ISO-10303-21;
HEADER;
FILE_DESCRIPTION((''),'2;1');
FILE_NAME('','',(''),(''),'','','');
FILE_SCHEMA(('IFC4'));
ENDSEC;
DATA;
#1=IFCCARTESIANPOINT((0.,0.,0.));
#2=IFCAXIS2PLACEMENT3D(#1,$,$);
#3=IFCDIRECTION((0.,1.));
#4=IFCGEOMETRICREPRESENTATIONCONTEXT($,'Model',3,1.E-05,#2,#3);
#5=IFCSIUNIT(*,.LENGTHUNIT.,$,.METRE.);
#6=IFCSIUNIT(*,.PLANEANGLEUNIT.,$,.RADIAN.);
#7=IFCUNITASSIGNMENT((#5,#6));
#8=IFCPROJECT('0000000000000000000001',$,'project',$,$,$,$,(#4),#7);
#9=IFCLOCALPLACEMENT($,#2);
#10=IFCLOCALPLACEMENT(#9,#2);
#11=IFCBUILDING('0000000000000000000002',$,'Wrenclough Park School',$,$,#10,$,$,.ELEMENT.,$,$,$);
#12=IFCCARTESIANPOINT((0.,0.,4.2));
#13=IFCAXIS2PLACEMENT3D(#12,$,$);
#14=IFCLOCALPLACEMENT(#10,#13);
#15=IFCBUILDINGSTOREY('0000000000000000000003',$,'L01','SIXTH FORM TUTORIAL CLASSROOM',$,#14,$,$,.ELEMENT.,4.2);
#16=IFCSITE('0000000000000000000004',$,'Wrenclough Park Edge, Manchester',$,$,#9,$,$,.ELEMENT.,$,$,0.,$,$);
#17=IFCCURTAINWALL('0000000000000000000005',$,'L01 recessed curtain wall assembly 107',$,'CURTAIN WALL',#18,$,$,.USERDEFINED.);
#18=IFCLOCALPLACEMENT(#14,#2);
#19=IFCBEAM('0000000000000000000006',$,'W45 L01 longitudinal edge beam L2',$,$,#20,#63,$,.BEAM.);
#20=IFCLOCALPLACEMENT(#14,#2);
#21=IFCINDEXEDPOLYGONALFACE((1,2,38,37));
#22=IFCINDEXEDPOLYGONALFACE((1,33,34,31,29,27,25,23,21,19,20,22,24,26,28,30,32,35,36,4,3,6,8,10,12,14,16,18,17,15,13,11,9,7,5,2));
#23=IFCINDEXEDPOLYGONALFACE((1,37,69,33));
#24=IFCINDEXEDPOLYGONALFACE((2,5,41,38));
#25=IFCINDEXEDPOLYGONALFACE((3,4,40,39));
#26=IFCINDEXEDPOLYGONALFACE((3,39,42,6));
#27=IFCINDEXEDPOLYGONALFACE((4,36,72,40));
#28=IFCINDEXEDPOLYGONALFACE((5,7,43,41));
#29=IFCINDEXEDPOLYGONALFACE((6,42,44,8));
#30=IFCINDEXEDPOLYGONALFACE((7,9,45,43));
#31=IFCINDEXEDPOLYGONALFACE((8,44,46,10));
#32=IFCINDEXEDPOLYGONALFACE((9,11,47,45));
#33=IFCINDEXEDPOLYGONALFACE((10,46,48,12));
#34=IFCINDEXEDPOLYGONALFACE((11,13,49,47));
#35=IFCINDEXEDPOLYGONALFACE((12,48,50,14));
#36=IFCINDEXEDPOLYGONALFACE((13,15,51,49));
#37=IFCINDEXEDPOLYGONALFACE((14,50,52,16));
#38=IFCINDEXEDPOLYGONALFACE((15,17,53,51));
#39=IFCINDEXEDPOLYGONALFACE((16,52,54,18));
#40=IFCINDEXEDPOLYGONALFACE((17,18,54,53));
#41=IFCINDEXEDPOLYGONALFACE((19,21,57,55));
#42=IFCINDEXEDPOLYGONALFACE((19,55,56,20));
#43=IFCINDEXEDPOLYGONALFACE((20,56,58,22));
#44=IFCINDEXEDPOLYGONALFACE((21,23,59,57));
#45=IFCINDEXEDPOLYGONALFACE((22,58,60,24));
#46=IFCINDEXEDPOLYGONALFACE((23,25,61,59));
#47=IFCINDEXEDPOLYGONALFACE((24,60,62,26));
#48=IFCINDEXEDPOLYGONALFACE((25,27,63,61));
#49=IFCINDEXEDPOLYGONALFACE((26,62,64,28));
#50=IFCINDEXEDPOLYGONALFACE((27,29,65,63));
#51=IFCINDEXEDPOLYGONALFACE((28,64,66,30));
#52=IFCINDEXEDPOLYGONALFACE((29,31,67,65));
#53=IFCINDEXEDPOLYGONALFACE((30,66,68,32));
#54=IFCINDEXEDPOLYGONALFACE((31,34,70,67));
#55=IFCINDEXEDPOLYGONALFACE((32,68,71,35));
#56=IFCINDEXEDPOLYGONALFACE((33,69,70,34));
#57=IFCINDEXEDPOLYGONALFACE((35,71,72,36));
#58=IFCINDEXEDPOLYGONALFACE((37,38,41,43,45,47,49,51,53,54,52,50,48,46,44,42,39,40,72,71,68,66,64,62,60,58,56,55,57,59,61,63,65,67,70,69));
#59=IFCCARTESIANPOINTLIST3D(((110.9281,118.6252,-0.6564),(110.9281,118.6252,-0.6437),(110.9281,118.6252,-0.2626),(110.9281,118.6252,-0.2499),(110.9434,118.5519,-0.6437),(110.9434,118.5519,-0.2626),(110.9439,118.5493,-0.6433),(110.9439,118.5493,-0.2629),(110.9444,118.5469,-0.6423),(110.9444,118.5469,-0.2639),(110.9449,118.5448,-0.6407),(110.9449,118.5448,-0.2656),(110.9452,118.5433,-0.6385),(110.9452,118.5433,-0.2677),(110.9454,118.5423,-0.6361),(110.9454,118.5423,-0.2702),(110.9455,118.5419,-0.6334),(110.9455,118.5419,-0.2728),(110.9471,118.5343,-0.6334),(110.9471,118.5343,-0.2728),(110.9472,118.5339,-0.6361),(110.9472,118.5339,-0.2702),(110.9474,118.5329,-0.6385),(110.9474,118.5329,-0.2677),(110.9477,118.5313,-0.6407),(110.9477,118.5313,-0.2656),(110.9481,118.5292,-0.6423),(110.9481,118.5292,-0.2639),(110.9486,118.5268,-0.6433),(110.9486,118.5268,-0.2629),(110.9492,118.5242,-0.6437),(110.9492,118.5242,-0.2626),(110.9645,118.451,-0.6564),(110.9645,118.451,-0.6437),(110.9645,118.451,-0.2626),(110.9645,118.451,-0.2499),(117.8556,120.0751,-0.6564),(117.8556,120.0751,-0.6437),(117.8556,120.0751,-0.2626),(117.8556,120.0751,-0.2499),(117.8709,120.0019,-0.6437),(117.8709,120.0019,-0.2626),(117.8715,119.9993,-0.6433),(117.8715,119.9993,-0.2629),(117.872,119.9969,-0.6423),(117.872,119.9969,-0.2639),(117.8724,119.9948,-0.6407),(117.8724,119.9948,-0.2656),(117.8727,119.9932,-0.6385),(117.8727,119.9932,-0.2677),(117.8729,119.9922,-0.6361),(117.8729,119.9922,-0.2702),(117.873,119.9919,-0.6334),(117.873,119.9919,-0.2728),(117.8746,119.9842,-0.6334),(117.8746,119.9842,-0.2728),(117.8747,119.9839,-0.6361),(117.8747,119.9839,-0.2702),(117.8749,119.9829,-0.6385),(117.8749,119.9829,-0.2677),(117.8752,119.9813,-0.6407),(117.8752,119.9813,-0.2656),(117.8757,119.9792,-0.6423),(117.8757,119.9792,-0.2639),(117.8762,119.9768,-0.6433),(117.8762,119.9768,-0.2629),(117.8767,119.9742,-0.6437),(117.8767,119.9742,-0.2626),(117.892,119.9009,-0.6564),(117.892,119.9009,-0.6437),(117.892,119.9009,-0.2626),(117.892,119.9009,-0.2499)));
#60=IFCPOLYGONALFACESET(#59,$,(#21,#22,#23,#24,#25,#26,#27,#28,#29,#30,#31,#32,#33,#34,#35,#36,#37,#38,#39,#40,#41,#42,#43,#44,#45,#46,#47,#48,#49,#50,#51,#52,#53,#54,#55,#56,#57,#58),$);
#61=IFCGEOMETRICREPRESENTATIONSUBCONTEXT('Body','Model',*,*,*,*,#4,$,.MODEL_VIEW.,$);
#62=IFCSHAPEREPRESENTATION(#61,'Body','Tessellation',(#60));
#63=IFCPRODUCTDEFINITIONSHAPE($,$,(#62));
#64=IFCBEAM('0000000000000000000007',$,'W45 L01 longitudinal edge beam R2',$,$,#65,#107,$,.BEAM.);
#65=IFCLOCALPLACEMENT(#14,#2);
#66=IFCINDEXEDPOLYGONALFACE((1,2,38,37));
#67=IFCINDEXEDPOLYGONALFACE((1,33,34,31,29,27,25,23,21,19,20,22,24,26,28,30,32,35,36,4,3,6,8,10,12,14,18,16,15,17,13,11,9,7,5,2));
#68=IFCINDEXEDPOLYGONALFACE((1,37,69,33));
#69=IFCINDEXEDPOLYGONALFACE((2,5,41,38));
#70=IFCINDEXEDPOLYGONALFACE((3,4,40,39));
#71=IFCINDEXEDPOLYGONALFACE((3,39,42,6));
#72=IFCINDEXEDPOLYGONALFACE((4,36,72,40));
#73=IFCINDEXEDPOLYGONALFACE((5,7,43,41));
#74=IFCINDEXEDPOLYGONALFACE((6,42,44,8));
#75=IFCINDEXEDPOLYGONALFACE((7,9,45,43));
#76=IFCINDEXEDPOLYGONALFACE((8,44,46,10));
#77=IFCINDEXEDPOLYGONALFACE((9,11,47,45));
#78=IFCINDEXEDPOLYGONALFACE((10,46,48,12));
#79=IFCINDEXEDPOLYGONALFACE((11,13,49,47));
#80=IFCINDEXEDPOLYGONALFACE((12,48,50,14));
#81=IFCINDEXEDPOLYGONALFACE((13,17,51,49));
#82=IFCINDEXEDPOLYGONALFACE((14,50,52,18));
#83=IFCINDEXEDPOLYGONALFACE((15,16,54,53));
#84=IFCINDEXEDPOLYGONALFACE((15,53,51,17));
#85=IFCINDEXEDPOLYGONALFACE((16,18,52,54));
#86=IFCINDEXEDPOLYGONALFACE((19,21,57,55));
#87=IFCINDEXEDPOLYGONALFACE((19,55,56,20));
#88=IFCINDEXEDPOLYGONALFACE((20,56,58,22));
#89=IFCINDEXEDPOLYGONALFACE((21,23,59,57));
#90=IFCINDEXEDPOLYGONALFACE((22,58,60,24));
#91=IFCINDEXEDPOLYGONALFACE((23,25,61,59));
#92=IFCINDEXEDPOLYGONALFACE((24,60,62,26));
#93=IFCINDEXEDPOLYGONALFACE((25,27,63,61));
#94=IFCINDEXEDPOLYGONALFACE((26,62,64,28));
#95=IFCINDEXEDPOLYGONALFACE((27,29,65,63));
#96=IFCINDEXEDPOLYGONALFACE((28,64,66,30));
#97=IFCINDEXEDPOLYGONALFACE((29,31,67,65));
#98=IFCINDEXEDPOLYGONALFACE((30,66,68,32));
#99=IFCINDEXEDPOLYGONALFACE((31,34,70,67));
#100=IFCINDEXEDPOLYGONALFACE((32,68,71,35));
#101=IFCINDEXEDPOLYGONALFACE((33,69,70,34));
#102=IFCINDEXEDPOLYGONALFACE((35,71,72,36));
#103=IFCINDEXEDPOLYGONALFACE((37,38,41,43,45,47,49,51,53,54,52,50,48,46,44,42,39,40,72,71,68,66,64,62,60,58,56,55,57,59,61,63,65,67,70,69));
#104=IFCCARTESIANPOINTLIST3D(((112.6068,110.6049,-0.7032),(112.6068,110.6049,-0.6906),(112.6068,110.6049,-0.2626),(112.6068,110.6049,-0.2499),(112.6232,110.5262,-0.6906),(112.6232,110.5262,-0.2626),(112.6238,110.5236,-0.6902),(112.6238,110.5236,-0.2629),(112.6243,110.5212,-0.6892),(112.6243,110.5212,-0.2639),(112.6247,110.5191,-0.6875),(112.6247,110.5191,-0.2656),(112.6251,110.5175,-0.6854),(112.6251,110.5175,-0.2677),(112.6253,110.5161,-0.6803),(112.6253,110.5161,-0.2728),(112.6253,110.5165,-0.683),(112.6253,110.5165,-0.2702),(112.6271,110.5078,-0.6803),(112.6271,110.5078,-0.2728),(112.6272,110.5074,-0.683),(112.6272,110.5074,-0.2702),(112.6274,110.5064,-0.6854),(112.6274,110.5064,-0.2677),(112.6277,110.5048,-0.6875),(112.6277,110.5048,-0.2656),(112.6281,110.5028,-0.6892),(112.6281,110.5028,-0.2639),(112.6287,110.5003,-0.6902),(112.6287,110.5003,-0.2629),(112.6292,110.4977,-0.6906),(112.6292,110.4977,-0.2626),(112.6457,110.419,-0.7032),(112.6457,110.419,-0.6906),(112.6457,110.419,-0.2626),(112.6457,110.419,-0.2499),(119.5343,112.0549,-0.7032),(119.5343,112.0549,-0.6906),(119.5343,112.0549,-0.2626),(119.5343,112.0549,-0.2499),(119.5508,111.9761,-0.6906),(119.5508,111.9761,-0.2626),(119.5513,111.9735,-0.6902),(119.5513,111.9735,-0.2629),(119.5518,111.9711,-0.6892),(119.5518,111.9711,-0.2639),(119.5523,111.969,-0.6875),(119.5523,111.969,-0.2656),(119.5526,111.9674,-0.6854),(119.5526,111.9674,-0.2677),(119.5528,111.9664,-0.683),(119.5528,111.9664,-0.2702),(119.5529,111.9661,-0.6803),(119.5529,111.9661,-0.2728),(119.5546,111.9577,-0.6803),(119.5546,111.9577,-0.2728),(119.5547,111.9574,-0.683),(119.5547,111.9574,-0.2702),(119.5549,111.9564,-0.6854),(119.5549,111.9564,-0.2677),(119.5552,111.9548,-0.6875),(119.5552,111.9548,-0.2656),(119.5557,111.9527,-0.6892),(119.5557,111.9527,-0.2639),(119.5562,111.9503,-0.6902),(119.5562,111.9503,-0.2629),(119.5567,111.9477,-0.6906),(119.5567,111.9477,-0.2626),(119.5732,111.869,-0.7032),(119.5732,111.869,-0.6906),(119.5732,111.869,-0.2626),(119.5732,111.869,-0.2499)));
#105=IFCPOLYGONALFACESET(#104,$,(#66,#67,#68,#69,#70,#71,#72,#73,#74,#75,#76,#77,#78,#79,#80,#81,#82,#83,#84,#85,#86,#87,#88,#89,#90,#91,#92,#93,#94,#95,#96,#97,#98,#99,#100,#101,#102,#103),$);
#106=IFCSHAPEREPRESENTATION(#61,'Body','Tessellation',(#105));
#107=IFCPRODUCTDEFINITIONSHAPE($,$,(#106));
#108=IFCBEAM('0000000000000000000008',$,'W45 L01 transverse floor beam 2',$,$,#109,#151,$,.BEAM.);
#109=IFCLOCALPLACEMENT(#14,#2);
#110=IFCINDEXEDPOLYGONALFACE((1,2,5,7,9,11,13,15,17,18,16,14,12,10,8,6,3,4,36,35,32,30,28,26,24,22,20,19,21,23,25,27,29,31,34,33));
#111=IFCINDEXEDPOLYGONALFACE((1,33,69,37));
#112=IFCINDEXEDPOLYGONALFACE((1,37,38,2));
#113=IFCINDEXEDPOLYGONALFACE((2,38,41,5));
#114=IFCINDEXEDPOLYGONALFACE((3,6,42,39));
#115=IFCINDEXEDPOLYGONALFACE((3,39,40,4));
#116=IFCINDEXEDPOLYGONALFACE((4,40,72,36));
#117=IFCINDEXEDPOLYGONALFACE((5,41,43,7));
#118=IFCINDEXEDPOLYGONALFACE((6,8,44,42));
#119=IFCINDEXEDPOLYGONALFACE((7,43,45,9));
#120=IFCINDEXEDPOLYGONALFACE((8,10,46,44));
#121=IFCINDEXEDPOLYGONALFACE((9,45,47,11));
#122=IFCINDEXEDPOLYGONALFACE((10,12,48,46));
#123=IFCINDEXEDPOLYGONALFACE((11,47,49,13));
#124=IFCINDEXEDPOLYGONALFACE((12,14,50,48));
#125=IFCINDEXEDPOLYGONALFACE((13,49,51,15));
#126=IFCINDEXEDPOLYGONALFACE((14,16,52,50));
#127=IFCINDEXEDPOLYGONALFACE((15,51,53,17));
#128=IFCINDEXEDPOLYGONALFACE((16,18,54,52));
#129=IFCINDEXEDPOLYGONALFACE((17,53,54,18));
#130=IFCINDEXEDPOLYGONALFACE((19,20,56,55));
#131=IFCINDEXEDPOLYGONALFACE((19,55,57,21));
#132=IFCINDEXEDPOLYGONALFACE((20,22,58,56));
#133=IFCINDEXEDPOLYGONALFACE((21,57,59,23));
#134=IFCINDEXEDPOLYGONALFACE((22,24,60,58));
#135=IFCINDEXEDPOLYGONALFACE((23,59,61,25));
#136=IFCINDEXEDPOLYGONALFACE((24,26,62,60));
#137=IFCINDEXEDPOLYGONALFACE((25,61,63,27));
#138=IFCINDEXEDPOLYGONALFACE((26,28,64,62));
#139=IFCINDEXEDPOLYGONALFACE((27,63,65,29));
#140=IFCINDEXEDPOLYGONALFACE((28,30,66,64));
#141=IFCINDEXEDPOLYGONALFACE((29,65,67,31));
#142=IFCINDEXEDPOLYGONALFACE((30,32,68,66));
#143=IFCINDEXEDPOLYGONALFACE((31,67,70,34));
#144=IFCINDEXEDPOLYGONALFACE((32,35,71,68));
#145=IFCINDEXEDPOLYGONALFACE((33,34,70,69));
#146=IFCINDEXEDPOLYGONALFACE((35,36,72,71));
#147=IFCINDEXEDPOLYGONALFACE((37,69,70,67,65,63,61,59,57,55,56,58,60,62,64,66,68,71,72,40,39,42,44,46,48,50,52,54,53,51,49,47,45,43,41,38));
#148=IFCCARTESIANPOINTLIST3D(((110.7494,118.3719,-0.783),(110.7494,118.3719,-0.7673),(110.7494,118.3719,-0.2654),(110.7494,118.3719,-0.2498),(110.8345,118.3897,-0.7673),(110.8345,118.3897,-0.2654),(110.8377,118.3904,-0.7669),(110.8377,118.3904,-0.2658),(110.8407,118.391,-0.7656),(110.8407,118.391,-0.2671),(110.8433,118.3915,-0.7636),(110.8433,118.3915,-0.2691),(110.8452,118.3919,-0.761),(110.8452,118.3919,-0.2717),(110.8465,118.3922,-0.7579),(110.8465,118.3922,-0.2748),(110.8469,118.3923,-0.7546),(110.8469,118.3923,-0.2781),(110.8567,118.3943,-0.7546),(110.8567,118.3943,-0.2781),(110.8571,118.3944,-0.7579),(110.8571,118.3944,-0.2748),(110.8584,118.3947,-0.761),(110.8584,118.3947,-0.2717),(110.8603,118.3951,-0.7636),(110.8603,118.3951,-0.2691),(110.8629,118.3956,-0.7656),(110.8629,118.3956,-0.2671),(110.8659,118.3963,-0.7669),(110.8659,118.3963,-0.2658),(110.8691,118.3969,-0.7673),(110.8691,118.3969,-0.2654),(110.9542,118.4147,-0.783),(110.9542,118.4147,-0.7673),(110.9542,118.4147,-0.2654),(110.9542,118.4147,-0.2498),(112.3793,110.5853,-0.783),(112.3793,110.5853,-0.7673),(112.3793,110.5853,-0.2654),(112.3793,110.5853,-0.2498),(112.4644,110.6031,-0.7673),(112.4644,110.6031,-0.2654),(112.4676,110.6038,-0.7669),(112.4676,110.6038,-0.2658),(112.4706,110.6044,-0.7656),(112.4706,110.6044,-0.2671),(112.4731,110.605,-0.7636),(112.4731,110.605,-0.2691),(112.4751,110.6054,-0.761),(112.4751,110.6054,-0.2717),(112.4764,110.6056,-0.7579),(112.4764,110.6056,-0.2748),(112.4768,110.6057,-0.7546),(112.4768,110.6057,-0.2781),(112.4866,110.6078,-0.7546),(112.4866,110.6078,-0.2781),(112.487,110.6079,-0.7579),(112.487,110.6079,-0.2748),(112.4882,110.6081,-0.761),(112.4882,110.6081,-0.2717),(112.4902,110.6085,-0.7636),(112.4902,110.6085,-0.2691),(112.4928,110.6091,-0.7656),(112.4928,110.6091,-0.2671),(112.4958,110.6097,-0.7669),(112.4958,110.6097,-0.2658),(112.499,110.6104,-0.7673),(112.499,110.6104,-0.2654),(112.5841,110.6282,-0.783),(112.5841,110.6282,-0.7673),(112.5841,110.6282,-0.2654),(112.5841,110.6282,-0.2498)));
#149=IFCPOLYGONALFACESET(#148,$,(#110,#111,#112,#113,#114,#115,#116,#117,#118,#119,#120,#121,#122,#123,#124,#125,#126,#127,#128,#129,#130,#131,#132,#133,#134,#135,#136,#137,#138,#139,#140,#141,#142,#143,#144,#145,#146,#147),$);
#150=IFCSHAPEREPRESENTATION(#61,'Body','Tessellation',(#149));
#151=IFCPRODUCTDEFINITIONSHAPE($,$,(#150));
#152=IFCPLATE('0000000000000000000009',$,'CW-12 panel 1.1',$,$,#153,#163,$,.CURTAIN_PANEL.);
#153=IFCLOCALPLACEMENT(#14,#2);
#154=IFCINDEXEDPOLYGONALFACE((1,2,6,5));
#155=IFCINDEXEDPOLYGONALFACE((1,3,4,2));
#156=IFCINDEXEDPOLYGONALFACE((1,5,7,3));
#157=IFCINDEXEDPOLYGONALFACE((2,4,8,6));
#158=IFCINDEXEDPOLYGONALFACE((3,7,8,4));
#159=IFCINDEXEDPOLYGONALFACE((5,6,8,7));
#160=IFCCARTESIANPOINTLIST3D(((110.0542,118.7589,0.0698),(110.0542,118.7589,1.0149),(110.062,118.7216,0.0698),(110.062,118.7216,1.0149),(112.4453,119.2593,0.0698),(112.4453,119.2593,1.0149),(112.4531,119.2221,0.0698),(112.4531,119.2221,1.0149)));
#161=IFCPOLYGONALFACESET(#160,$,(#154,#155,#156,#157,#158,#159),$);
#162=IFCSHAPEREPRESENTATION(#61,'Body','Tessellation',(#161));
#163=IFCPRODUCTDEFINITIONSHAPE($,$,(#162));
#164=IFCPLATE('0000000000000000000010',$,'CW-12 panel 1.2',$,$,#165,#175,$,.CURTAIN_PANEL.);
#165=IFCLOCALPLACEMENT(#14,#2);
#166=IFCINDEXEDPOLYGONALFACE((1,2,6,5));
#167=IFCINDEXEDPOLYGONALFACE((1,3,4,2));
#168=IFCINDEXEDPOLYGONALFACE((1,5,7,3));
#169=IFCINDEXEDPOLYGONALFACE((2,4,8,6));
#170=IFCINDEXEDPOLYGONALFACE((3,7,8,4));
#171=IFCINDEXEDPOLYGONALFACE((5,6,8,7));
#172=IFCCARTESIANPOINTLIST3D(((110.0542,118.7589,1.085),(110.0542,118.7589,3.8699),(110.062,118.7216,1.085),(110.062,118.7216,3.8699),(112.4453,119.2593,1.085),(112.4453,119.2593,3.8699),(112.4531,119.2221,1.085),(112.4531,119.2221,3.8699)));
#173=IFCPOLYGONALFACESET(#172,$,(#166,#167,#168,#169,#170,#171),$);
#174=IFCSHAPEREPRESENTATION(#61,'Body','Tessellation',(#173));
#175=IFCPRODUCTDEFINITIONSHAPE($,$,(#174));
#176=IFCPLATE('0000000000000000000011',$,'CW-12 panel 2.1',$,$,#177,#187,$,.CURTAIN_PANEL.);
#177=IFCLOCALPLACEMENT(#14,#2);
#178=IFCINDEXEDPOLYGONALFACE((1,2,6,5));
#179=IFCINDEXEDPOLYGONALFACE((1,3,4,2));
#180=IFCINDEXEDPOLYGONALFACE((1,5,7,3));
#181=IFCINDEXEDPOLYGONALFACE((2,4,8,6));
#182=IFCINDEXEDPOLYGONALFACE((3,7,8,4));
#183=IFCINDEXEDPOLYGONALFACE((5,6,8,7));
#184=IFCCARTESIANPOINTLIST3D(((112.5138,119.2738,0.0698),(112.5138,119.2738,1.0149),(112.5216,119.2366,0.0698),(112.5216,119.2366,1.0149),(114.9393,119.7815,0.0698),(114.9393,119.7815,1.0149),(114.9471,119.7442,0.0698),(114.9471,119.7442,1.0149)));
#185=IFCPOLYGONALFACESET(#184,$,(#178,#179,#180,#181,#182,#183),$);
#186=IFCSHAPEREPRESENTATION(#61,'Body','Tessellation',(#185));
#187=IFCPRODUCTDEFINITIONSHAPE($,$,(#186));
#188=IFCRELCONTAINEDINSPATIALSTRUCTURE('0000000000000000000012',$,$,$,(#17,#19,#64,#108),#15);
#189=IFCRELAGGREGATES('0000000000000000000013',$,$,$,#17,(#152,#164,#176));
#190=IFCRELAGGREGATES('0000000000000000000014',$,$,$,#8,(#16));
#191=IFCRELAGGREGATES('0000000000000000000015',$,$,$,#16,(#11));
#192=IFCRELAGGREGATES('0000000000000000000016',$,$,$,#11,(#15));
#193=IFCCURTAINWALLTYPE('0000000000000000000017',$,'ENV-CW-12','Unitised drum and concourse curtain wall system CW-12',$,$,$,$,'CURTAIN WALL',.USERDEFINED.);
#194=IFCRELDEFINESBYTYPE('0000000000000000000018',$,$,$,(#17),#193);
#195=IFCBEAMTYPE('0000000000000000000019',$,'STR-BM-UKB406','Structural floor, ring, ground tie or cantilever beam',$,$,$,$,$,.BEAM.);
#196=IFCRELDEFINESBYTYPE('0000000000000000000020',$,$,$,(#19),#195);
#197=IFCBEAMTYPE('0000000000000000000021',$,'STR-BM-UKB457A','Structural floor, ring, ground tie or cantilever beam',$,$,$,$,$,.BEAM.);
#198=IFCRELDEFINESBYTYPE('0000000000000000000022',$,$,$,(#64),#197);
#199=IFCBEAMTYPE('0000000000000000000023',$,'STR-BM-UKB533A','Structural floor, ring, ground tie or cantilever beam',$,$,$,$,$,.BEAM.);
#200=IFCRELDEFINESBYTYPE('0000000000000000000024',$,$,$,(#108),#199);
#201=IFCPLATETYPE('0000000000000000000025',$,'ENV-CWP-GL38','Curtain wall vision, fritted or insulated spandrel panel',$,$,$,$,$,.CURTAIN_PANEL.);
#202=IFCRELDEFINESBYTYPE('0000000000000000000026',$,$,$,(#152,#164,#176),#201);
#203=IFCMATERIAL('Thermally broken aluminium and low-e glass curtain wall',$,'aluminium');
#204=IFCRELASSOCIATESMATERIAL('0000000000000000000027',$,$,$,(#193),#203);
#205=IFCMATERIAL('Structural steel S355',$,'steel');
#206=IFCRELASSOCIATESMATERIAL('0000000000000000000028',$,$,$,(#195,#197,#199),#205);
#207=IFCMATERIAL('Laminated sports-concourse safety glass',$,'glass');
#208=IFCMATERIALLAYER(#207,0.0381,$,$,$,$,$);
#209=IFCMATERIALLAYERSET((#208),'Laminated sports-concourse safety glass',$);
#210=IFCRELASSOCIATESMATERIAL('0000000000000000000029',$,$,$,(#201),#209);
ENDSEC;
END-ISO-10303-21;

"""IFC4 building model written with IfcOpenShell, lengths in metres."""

from ifc_helpers import new_model, si_unit, direction, frame, origin, origin_2d, place, context, subcontext, project, spatial, rectangle, i_section, extrude, material, layer, layer_set, material_profile, profile_set, type_object, element, aggregate, save


model = new_model("IFC4")

# Units and contexts
model_context = context("Model", 3, precision=1e-05, world=origin(), true_north=direction((0.0, 1.0)))
body_context = subcontext(model_context, "Body", "Model", "MODEL_VIEW")
ifc_project = project(units=[si_unit("LENGTHUNIT", "METRE"), si_unit("PLANEANGLEUNIT", "RADIAN")], contexts=[model_context])

# Site, building, storey
site_placement = place(None, origin())
site = spatial("IfcSite", under=ifc_project, at=site_placement, Name="Wrenclough Park Edge, Manchester", CompositionType="ELEMENT", RefElevation=0.0)
building_placement = place(site_placement, origin())
building = spatial("IfcBuilding", under=site, at=building_placement, Name="Wrenclough Park School", CompositionType="ELEMENT")
storey_placement = place(building_placement, frame((0.0, 0.0, 4.2)))
storey = spatial("IfcBuildingStorey", under=building, at=storey_placement, Name="L01", Description="SIXTH FORM TUTORIAL CLASSROOM", CompositionType="ELEMENT", Elevation=4.2)

# Shared definitions
ifc_material_1 = material(Name="Structural steel S355", Category="steel")

# Shared definitions
ifc_material_2 = material(Name="Thermally broken aluminium and low-e glass curtain wall", Category="aluminium")

# Curtain wall
curtain_wall_type_1 = type_object("IfcCurtainWallType", Name="ENV-CW-12", Description="Unitised drum and concourse curtain wall system CW-12", ElementType="CURTAIN WALL", PredefinedType="USERDEFINED", material=ifc_material_2)
curtain_wall_1_placement = place(storey_placement, origin())
curtain_wall_1 = element("IfcCurtainWall", 1, at=curtain_wall_1_placement, inside=storey, type_object=curtain_wall_type_1, Name="L01 recessed curtain wall assembly 107", ObjectType="CURTAIN WALL", PredefinedType="USERDEFINED")

# Beams
ifc_material_profile_1 = material_profile(ifc_material_1, i_section(OverallWidth=0.178, OverallDepth=0.4065, WebThickness=0.0078, FlangeThickness=0.0127, FilletRadius=0.0103, at=origin_2d()), Name="UKB 406x178x60")
ifc_profile_set_1 = profile_set([ifc_material_profile_1], Name="Structural steel S355")
beam_type_1 = type_object("IfcBeamType", Name="STR-BM-UKB406", Description="Structural floor, ring, ground tie or cantilever beam", PredefinedType="BEAM", material=ifc_profile_set_1)
beam_1_placement = place(storey_placement, frame((110.9463, 118.5381, -0.4531), z_axis=(0.97879, 0.204865, 0.0), x_axis=(-0.204865, 0.97879, 0.0)))
element("IfcBeam", 2, at=beam_1_placement, inside=storey, type_object=beam_type_1, Name="W45 L01 longitudinal edge beam L2", PredefinedType="BEAM", context=body_context, shape_type="SweptSolid", body=[
    extrude(i_section(OverallWidth=0.178, OverallDepth=0.4065, WebThickness=0.0078, FlangeThickness=0.0127, FilletRadius=0.0103, at=origin_2d()), origin(), (0.0, 0.0, 1.0), 7.0776),
])
ifc_material_profile_2 = material_profile(ifc_material_1, i_section(OverallWidth=0.1899, OverallDepth=0.4534, WebThickness=0.0085, FlangeThickness=0.0127, FilletRadius=0.0103, at=origin_2d()), Name="UKB 457x191x67")
ifc_profile_set_2 = profile_set([ifc_material_profile_2], Name="Structural steel S355")
beam_type_2 = type_object("IfcBeamType", Name="STR-BM-UKB457A", Description="Structural floor, ring, ground tie or cantilever beam", PredefinedType="BEAM", material=ifc_profile_set_2)
beam_2_placement = place(storey_placement, frame((112.6262, 110.512, -0.4766), z_axis=(0.97879, 0.204865, 0.0), x_axis=(-0.204865, 0.97879, 0.0)))
element("IfcBeam", 3, at=beam_2_placement, inside=storey, type_object=beam_type_2, Name="W45 L01 longitudinal edge beam R2", PredefinedType="BEAM", context=body_context, shape_type="SweptSolid", body=[
    extrude(i_section(OverallWidth=0.1899, OverallDepth=0.4534, WebThickness=0.0085, FlangeThickness=0.0127, FilletRadius=0.0103, at=origin_2d()), origin(), (0.0, 0.0, 1.0), 7.0776),
])
ifc_material_profile_3 = material_profile(ifc_material_1, i_section(OverallWidth=0.2092, OverallDepth=0.5332, WebThickness=0.01, FlangeThickness=0.0156, FilletRadius=0.0127, at=origin_2d()), Name="UKB 533x210x92")
ifc_profile_set_3 = profile_set([ifc_material_profile_3], Name="Structural steel S355")
beam_type_3 = type_object("IfcBeamType", Name="STR-BM-UKB533A", Description="Structural floor, ring, ground tie or cantilever beam", PredefinedType="BEAM", material=ifc_profile_set_3)
beam_3_placement = place(storey_placement, frame((110.8518, 118.3933, -0.5164), z_axis=(0.204878, -0.978787, 0.0), x_axis=(0.978787, 0.204878, 0.0)))
element("IfcBeam", 4, at=beam_3_placement, inside=storey, type_object=beam_type_3, Name="W45 L01 transverse floor beam 2", PredefinedType="BEAM", context=body_context, shape_type="SweptSolid", body=[
    extrude(i_section(OverallWidth=0.2092, OverallDepth=0.5332, WebThickness=0.01, FlangeThickness=0.0156, FilletRadius=0.0127, at=origin_2d()), origin(), (0.0, 0.0, 1.0), 7.9553),
])

# Plates
ifc_material_3 = material(Name="Laminated sports-concourse safety glass", Category="glass")
ifc_layer_1 = layer(ifc_material_3, 0.0381)
ifc_layer_set_1 = layer_set([ifc_layer_1], Name="Laminated sports-concourse safety glass")
plate_type_1 = type_object("IfcPlateType", Name="ENV-CWP-GL38", Description="Curtain wall vision, fritted or insulated spandrel panel", PredefinedType="CURTAIN_PANEL", material=ifc_layer_set_1)
plate_1_placement = place(storey_placement, frame((111.2537, 118.9905, 0.0698), z_axis=(0.0, 0.0, 1.0), x_axis=(0.978792, 0.204858, 0.0)))
plate_1 = element("IfcPlate", 5, at=plate_1_placement, type_object=plate_type_1, Name="CW-12 panel 1.1", PredefinedType="CURTAIN_PANEL", context=body_context, shape_type="SweptSolid", body=[
    extrude(rectangle(XDim=2.4429, YDim=0.0381, at=origin_2d()), origin(), (0.0, 0.0, 1.0), 0.9451),
])
plate_2_placement = place(storey_placement, frame((111.2537, 118.9905, 1.085), z_axis=(0.0, 0.0, 1.0), x_axis=(0.978792, 0.204858, 0.0)))
plate_2 = element("IfcPlate", 6, at=plate_2_placement, type_object=plate_type_1, Name="CW-12 panel 1.2", PredefinedType="CURTAIN_PANEL", context=body_context, shape_type="SweptSolid", body=[
    extrude(rectangle(XDim=2.4429, YDim=0.0381, at=origin_2d()), origin(), (0.0, 0.0, 1.0), 2.7849),
])
plate_3_placement = place(storey_placement, frame((113.7305, 119.509, 0.0698), z_axis=(0.0, 0.0, 1.0), x_axis=(0.978792, 0.204858, 0.0)))
plate_3 = element("IfcPlate", 7, at=plate_3_placement, type_object=plate_type_1, Name="CW-12 panel 2.1", PredefinedType="CURTAIN_PANEL", context=body_context, shape_type="SweptSolid", body=[
    extrude(rectangle(XDim=2.478, YDim=0.0381, at=origin_2d()), origin(), (0.0, 0.0, 1.0), 0.9451),
])
aggregate(curtain_wall_1, [plate_1, plate_2, plate_3])

save(model, "model.ifc")
